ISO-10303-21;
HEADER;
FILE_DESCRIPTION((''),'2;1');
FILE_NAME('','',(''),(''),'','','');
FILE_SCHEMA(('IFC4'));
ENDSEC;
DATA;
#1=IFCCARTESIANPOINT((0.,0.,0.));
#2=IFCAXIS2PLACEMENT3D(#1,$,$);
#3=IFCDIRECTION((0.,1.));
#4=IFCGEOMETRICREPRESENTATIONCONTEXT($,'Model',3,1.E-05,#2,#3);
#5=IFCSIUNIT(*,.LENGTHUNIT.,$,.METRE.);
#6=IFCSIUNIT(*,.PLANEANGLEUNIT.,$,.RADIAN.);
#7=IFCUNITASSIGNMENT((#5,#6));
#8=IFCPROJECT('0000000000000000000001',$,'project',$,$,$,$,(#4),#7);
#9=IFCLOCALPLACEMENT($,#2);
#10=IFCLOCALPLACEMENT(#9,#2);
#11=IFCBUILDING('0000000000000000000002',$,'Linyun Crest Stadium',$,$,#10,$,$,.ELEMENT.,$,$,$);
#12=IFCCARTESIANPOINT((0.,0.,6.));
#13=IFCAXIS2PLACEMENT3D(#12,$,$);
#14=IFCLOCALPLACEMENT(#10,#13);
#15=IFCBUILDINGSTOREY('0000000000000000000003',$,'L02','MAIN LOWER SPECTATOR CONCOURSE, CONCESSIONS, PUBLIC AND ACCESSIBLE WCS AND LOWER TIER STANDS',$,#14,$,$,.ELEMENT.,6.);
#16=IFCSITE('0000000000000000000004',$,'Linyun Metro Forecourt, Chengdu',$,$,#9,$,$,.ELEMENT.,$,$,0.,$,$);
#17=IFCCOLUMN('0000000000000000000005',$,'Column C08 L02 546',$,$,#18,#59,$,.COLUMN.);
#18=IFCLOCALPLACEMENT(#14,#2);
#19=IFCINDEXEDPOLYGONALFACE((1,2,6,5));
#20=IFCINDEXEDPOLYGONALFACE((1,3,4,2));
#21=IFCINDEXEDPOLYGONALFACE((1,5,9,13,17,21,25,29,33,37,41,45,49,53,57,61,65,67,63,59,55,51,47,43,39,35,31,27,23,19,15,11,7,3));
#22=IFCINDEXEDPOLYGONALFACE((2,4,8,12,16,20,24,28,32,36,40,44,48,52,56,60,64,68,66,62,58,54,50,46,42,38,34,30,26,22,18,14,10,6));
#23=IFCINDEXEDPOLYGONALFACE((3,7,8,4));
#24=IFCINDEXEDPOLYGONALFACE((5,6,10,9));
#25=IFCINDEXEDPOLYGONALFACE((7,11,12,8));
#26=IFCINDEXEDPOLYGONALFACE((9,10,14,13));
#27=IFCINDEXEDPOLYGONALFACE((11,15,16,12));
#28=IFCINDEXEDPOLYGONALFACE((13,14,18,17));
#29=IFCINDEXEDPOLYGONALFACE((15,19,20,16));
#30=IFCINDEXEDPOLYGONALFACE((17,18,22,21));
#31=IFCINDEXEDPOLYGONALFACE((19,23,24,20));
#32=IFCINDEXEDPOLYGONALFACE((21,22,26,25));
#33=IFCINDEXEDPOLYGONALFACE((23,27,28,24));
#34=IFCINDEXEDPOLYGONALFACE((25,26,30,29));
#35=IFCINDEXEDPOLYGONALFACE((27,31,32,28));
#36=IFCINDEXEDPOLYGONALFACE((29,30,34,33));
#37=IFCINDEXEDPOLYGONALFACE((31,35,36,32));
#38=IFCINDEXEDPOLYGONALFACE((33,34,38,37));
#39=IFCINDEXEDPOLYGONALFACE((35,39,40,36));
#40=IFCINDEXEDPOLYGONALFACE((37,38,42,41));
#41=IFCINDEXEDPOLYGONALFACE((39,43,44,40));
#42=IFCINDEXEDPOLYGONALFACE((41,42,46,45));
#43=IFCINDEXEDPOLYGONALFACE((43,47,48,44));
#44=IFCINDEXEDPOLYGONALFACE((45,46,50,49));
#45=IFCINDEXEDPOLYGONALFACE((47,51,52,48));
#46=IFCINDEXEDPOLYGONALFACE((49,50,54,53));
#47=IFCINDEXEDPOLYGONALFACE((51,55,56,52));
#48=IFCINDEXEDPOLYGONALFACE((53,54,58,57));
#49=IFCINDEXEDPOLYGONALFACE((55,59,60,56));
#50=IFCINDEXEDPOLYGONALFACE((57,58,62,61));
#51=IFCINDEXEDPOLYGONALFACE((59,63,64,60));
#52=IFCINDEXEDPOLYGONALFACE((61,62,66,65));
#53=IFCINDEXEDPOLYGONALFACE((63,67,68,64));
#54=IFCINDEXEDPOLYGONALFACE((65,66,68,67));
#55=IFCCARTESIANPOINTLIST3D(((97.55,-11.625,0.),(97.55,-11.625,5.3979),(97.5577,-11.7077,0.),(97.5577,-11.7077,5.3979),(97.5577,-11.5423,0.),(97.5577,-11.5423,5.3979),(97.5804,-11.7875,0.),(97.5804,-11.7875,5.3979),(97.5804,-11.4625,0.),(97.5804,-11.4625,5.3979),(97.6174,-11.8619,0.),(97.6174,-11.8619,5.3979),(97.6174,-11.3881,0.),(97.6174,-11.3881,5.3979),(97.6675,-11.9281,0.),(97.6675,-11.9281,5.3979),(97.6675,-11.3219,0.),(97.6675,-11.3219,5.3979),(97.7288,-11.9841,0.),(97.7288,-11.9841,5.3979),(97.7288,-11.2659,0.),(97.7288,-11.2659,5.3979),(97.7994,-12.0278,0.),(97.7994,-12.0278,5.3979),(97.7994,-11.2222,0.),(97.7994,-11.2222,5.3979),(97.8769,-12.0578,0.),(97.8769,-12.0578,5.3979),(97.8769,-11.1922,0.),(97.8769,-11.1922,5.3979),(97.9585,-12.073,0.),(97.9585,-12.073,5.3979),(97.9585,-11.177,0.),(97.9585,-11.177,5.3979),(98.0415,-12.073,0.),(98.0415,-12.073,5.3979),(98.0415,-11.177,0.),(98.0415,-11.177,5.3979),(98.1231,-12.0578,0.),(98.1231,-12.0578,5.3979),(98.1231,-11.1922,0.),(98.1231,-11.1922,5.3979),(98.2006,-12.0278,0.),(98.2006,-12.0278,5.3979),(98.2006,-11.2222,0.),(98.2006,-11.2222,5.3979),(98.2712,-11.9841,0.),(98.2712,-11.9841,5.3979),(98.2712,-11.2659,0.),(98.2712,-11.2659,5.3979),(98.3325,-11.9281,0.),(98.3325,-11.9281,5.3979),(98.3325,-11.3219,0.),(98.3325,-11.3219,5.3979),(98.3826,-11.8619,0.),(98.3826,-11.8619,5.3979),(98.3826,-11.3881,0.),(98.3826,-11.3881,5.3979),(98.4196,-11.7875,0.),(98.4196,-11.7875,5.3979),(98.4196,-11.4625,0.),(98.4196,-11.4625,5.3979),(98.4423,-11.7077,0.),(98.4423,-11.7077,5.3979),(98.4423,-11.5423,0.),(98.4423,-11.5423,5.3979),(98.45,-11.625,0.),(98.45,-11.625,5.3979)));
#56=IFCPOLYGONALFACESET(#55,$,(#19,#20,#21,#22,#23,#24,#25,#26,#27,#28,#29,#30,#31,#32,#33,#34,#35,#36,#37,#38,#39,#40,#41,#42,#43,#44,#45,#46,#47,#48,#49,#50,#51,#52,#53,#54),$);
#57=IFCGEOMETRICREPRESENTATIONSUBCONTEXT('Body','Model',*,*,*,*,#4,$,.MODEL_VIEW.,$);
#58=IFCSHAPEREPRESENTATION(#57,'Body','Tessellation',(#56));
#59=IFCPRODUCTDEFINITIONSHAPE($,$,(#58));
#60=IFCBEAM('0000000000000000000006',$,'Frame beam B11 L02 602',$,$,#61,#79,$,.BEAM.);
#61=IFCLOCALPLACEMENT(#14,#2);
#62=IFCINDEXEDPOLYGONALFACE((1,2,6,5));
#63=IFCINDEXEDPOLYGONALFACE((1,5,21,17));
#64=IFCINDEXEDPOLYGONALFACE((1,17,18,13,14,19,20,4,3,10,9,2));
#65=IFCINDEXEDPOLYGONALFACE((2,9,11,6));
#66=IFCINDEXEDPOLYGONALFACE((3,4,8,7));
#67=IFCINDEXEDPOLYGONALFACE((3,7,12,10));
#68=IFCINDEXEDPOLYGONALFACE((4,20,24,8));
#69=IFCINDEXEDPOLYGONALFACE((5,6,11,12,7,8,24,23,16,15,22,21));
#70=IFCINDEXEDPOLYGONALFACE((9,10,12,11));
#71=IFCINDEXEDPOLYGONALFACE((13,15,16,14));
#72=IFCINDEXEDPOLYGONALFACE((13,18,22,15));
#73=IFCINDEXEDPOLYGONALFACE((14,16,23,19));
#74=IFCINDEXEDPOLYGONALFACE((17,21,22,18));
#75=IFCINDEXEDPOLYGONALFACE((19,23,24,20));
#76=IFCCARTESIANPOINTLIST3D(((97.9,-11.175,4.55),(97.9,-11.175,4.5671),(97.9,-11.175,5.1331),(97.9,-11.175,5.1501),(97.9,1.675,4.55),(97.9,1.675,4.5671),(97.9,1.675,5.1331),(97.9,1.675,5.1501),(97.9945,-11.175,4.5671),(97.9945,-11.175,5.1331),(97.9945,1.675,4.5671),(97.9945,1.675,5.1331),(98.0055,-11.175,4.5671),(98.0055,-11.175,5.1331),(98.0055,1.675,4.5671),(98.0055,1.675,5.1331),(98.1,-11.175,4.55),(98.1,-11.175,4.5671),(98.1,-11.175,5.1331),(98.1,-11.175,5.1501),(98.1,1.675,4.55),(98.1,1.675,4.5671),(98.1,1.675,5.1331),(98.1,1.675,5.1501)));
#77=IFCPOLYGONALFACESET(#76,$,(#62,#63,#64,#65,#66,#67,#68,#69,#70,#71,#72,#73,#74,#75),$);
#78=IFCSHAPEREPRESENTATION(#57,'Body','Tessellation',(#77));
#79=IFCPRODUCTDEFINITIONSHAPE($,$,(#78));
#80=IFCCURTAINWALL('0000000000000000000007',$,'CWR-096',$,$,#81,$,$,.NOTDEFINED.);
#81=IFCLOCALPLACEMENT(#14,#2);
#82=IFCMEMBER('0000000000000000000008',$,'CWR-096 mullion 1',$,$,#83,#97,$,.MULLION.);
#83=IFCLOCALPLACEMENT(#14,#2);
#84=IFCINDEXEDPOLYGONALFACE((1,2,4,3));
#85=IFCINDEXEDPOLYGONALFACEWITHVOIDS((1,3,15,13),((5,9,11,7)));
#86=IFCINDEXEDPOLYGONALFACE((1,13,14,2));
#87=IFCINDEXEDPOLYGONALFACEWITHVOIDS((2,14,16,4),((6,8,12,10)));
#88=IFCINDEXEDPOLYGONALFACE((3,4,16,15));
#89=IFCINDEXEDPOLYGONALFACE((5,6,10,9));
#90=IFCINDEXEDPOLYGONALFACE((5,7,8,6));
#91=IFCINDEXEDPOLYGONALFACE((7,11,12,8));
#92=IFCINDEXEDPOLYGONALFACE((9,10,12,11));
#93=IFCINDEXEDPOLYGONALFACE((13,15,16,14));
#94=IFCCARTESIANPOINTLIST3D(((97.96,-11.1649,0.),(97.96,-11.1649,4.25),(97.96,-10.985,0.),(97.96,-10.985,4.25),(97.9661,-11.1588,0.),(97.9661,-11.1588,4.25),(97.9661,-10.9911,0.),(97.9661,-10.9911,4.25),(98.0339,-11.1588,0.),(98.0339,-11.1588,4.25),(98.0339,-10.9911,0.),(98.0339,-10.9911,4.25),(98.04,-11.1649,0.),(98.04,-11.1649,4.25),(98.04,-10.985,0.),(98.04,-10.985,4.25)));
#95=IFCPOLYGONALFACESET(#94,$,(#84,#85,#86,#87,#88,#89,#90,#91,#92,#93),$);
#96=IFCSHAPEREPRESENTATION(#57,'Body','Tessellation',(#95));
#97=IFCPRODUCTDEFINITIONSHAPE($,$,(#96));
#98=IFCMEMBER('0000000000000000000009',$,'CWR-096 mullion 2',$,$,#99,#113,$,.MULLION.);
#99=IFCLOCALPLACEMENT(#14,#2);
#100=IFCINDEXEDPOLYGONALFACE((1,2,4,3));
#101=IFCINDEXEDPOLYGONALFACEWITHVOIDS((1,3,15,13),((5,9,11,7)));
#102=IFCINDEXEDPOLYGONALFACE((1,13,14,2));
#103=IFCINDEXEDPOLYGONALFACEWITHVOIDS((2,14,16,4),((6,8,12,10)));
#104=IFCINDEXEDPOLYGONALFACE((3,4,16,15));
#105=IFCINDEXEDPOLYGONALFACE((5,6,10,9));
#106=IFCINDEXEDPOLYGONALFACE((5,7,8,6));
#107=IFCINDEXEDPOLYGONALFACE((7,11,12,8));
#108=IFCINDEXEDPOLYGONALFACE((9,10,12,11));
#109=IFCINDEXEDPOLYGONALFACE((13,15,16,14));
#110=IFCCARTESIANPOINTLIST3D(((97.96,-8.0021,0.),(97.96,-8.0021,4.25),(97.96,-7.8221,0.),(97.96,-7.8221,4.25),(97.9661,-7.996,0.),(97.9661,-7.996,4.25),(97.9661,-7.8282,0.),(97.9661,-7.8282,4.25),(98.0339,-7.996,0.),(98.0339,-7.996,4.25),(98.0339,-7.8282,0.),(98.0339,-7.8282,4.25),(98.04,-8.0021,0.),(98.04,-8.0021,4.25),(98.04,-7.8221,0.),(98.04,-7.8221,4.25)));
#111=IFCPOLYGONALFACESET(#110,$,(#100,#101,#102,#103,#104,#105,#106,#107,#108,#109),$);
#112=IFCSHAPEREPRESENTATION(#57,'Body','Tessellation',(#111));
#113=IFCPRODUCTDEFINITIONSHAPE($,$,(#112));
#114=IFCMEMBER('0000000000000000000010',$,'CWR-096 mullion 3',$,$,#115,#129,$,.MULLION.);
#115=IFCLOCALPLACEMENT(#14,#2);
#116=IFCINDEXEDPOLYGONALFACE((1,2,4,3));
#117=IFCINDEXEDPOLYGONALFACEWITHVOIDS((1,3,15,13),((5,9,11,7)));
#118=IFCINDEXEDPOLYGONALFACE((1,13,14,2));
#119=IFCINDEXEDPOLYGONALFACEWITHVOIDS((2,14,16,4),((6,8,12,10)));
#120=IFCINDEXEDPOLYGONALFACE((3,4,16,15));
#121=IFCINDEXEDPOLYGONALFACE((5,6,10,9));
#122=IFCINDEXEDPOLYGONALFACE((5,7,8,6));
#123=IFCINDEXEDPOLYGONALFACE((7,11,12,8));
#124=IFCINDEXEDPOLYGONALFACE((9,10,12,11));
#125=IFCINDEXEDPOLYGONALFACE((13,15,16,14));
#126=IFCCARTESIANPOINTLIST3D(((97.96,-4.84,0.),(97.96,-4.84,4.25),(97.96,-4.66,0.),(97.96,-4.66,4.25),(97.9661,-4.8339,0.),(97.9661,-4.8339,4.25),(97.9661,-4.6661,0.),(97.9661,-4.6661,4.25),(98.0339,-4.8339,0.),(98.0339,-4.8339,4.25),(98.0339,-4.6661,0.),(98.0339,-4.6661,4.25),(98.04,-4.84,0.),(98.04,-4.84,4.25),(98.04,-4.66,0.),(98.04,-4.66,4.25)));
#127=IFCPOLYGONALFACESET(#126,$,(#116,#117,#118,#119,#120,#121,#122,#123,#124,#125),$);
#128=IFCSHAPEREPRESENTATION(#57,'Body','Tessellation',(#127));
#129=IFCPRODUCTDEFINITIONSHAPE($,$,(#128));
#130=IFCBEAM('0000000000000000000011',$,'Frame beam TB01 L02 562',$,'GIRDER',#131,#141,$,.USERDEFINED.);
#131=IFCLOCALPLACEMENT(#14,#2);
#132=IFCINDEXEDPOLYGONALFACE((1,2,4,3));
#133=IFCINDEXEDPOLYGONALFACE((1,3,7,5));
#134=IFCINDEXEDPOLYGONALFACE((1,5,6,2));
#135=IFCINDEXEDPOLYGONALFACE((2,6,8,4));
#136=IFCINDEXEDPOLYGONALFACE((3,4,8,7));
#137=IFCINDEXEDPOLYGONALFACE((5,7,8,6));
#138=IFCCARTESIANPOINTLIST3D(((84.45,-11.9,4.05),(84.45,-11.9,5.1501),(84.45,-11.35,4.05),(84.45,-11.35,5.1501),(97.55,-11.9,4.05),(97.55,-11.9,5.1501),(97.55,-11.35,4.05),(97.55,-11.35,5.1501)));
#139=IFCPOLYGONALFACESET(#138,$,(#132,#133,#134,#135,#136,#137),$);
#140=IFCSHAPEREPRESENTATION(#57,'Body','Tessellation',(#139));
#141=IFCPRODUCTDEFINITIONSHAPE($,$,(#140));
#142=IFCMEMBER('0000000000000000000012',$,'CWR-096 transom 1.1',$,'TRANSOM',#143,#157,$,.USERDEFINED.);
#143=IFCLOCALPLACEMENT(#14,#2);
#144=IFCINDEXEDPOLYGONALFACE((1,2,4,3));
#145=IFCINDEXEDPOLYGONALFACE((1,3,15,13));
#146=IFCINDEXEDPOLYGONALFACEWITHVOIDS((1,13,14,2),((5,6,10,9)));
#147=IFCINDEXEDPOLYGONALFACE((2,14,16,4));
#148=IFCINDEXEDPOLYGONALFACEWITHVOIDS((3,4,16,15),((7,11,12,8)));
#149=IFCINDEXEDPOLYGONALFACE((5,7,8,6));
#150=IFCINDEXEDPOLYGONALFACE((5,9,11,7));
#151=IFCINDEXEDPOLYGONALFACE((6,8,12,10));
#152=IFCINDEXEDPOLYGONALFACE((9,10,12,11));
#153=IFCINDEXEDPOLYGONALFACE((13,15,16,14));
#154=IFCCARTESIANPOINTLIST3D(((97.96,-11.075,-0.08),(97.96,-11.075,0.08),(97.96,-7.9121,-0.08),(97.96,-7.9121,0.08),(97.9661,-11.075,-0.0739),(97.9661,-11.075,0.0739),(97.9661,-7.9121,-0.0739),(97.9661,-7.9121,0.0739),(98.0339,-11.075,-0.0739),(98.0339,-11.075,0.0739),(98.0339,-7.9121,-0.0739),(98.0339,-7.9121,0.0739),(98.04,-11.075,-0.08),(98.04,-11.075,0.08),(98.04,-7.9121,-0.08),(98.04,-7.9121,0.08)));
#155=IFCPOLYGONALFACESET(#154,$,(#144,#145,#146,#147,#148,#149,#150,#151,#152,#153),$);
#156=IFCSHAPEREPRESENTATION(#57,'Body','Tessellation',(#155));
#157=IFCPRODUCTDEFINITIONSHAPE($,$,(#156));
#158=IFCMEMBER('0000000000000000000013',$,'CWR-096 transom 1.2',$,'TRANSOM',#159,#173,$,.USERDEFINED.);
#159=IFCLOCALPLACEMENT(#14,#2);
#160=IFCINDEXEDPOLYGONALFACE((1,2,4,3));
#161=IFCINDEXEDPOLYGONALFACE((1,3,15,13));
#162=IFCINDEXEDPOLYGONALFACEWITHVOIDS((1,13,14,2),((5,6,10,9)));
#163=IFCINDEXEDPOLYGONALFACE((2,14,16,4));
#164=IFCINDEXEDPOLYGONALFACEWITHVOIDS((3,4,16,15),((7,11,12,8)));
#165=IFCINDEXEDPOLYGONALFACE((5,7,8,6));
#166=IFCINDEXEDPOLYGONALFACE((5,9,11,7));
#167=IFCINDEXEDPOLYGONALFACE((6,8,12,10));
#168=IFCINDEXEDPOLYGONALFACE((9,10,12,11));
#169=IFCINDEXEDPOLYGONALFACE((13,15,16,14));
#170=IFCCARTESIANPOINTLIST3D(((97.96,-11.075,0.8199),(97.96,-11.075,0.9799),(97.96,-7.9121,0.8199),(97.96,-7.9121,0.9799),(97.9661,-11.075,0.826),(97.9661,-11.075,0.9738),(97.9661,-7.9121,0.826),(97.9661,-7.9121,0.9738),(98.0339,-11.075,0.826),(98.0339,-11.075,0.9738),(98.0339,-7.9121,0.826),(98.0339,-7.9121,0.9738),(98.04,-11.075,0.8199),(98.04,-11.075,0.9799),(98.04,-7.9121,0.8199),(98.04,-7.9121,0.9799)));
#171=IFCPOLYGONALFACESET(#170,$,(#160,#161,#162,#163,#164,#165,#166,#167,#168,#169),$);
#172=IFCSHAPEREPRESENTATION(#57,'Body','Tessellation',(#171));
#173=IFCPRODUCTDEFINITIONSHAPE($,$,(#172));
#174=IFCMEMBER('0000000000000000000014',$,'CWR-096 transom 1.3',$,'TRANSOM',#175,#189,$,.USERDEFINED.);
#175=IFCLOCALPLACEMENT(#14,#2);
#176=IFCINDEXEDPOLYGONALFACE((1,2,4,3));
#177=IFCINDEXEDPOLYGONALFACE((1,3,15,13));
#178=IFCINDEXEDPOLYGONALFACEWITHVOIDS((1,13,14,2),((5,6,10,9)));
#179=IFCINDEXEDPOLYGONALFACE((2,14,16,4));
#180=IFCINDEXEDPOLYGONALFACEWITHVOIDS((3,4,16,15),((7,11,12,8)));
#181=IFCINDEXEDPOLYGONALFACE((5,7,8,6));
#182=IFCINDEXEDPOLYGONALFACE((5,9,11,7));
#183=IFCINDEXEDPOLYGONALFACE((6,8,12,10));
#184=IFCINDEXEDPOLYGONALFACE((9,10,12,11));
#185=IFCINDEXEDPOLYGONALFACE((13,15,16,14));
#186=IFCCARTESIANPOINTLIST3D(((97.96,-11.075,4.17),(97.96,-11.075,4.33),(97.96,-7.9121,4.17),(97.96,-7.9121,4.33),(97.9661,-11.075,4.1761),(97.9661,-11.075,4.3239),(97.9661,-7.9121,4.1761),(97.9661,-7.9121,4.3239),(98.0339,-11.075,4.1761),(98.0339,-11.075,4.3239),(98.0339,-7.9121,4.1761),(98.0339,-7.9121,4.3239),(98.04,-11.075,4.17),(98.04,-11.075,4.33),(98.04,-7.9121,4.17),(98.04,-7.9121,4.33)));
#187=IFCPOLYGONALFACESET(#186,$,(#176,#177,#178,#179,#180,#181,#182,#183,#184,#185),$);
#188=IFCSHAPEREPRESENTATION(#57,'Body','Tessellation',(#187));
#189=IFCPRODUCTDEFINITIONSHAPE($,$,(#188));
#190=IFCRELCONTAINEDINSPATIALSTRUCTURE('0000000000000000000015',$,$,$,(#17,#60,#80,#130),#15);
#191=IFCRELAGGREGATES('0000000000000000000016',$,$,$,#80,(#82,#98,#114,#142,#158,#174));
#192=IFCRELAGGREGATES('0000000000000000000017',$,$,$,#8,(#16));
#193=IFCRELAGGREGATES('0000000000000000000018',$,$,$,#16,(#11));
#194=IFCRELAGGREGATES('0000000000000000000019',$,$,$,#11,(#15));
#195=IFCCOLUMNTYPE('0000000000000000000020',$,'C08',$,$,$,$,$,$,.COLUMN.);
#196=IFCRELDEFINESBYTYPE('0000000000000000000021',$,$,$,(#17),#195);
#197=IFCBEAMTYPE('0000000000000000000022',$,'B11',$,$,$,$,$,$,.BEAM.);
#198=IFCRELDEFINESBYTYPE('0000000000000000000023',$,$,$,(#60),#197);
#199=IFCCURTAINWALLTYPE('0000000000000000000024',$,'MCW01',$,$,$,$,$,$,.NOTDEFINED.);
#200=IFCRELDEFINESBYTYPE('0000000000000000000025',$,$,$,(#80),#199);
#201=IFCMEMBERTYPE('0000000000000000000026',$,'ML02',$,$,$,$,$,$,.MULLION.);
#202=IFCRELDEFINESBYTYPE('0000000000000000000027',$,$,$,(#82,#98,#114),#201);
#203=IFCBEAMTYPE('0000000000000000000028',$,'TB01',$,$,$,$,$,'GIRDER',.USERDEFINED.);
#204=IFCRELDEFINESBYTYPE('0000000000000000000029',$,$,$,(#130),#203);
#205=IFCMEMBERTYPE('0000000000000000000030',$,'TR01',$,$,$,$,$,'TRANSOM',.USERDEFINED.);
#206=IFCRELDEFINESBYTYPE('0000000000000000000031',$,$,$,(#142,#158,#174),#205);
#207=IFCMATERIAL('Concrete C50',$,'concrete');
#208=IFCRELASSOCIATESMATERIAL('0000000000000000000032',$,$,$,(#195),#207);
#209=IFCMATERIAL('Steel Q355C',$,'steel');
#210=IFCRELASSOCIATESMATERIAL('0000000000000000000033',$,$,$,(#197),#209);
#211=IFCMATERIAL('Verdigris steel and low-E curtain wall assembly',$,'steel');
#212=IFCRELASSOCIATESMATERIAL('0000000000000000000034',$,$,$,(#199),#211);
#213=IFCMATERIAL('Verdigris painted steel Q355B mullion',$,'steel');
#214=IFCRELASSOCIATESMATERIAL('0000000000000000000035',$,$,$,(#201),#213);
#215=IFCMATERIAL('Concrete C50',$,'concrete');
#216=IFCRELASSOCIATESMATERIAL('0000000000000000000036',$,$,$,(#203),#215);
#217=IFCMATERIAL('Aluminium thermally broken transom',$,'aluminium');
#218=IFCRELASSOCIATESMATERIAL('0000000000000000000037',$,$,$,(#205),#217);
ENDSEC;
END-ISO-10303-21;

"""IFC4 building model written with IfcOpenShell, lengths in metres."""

from ifc_helpers import new_model, si_unit, direction, frame, origin, origin_2d, place, context, subcontext, project, spatial, rectangle, hollow_rectangle, circle, i_section, extrude, material, material_profile, profile_set, type_object, element, aggregate, save


model = new_model("IFC4")

# Units and contexts
model_context = context("Model", 3, precision=1e-05, world=origin(), true_north=direction((0.0, 1.0)))
body_context = subcontext(model_context, "Body", "Model", "MODEL_VIEW")
ifc_project = project(units=[si_unit("LENGTHUNIT", "METRE"), si_unit("PLANEANGLEUNIT", "RADIAN")], contexts=[model_context])

# Site, building, storey
site_placement = place(None, origin())
site = spatial("IfcSite", under=ifc_project, at=site_placement, Name="Linyun Metro Forecourt, Chengdu", CompositionType="ELEMENT", RefElevation=0.0)
building_placement = place(site_placement, origin())
building = spatial("IfcBuilding", under=site, at=building_placement, Name="Linyun Crest Stadium", CompositionType="ELEMENT")
storey_placement = place(building_placement, frame((0.0, 0.0, 6.0)))
storey = spatial("IfcBuildingStorey", under=building, at=storey_placement, Name="L02", Description="MAIN LOWER SPECTATOR CONCOURSE, CONCESSIONS, PUBLIC AND ACCESSIBLE WCS AND LOWER TIER STANDS", CompositionType="ELEMENT", Elevation=6.0)

# Column
ifc_material_1 = material(Name="Concrete C50", Category="concrete")
ifc_material_profile_1 = material_profile(ifc_material_1, circle(Radius=0.45, at=origin_2d()), Name="RC D900")
ifc_profile_set_1 = profile_set([ifc_material_profile_1], Name="Concrete C50")
column_type = type_object("IfcColumnType", Name="C08", PredefinedType="COLUMN", material=ifc_profile_set_1)
column_placement = place(storey_placement, frame((98.0, -11.625, 0.0), z_axis=(0.0, 0.0, 1.0), x_axis=(1.0, 0.0, 0.0)))
element("IfcColumn", 1, at=column_placement, inside=storey, type_object=column_type, Name="Column C08 L02 546", PredefinedType="COLUMN", context=body_context, shape_type="SweptSolid", body=[
    extrude(circle(Radius=0.45, at=origin_2d()), origin(), (0.0, 0.0, 1.0), 5.3979),
])

# Beam
ifc_material_2 = material(Name="Steel Q355C", Category="steel")
ifc_material_profile_2 = material_profile(ifc_material_2, i_section(OverallWidth=0.2, OverallDepth=0.6001, WebThickness=0.011, FlangeThickness=0.0171, at=origin_2d()), Name="HN 600x200")
ifc_profile_set_2 = profile_set([ifc_material_profile_2], Name="Steel Q355C")
beam_type_1 = type_object("IfcBeamType", Name="B11", PredefinedType="BEAM", material=ifc_profile_set_2)
beam_1_placement = place(storey_placement, frame((98.0, -11.175, 4.8501), z_axis=(0.0, 1.0, 0.0), x_axis=(-1.0, 0.0, 0.0)))
element("IfcBeam", 2, at=beam_1_placement, inside=storey, type_object=beam_type_1, Name="Frame beam B11 L02 602", PredefinedType="BEAM", context=body_context, shape_type="SweptSolid", body=[
    extrude(i_section(OverallWidth=0.2, OverallDepth=0.6001, WebThickness=0.011, FlangeThickness=0.0171, at=origin_2d()), origin(), (0.0, 0.0, 1.0), 12.8501),
])

# Curtain wall, members
ifc_material_3 = material(Name="Verdigris steel and low-E curtain wall assembly", Category="steel")
curtain_wall_type = type_object("IfcCurtainWallType", Name="MCW01", PredefinedType="NOTDEFINED", material=ifc_material_3)
curtain_wall_placement = place(storey_placement, origin())
curtain_wall = element("IfcCurtainWall", 3, at=curtain_wall_placement, inside=storey, type_object=curtain_wall_type, Name="CWR-096", PredefinedType="NOTDEFINED")
ifc_material_4 = material(Name="Verdigris painted steel Q355B mullion", Category="steel")
ifc_material_profile_3 = material_profile(ifc_material_4, hollow_rectangle(XDim=0.0801, YDim=0.1799, WallThickness=0.0061, at=origin_2d()), Name="RHS 180x80x6")
ifc_profile_set_3 = profile_set([ifc_material_profile_3], Name="Verdigris painted steel Q355B mullion")
member_type_1 = type_object("IfcMemberType", Name="ML02", PredefinedType="MULLION", material=ifc_profile_set_3)
member_1_placement = place(storey_placement, frame((98.0, -11.075, 0.0), z_axis=(0.0, 0.0, 1.0), x_axis=(-1.0, 0.0, 0.0)))
member_1 = element("IfcMember", 4, at=member_1_placement, type_object=member_type_1, Name="CWR-096 mullion 1", PredefinedType="MULLION", context=body_context, shape_type="SweptSolid", body=[
    extrude(hollow_rectangle(XDim=0.0801, YDim=0.1799, WallThickness=0.0061, at=origin_2d()), origin(), (0.0, 0.0, 1.0), 4.25),
])
member_2_placement = place(storey_placement, frame((98.0, -7.9121, 0.0), z_axis=(0.0, 0.0, 1.0), x_axis=(-1.0, 0.0, 0.0)))
member_2 = element("IfcMember", 5, at=member_2_placement, type_object=member_type_1, Name="CWR-096 mullion 2", PredefinedType="MULLION", context=body_context, shape_type="SweptSolid", body=[
    extrude(hollow_rectangle(XDim=0.0801, YDim=0.1799, WallThickness=0.0061, at=origin_2d()), origin(), (0.0, 0.0, 1.0), 4.25),
])
member_3_placement = place(storey_placement, frame((98.0, -4.75, 0.0), z_axis=(0.0, 0.0, 1.0), x_axis=(-1.0, 0.0, 0.0)))
member_3 = element("IfcMember", 6, at=member_3_placement, type_object=member_type_1, Name="CWR-096 mullion 3", PredefinedType="MULLION", context=body_context, shape_type="SweptSolid", body=[
    extrude(hollow_rectangle(XDim=0.0801, YDim=0.1799, WallThickness=0.0061, at=origin_2d()), origin(), (0.0, 0.0, 1.0), 4.25),
])

# Beam
ifc_material_5 = material(Name="Concrete C50", Category="concrete")
ifc_material_profile_4 = material_profile(ifc_material_5, rectangle(XDim=0.55, YDim=1.1001, at=origin_2d()), Name="RCB 1100x550")
ifc_profile_set_4 = profile_set([ifc_material_profile_4], Name="Concrete C50")
beam_type_2 = type_object("IfcBeamType", Name="TB01", ElementType="GIRDER", PredefinedType="USERDEFINED", material=ifc_profile_set_4)
beam_2_placement = place(storey_placement, frame((84.45, -11.625, 4.6001), z_axis=(1.0, 0.0, 0.0), x_axis=(0.0, 1.0, 0.0)))
element("IfcBeam", 7, at=beam_2_placement, inside=storey, type_object=beam_type_2, Name="Frame beam TB01 L02 562", ObjectType="GIRDER", PredefinedType="USERDEFINED", context=body_context, shape_type="SweptSolid", body=[
    extrude(rectangle(XDim=0.55, YDim=1.1001, at=origin_2d()), origin(), (0.0, 0.0, 1.0), 13.1001),
])

# Members
ifc_material_6 = material(Name="Aluminium thermally broken transom", Category="aluminium")
ifc_material_profile_5 = material_profile(ifc_material_6, hollow_rectangle(XDim=0.0801, YDim=0.1599, WallThickness=0.0061, at=origin_2d()), Name="RHS 160x80x6")
ifc_profile_set_5 = profile_set([ifc_material_profile_5], Name="Aluminium thermally broken transom")
member_type_2 = type_object("IfcMemberType", Name="TR01", ElementType="TRANSOM", PredefinedType="USERDEFINED", material=ifc_profile_set_5)
member_4_placement = place(storey_placement, frame((98.0, -11.075, 0.0), z_axis=(0.0, 1.0, 0.0), x_axis=(-1.0, 0.0, 0.0)))
member_4 = element("IfcMember", 8, at=member_4_placement, type_object=member_type_2, Name="CWR-096 transom 1.1", ObjectType="TRANSOM", PredefinedType="USERDEFINED", context=body_context, shape_type="SweptSolid", body=[
    extrude(hollow_rectangle(XDim=0.0801, YDim=0.1599, WallThickness=0.0061, at=origin_2d()), origin(), (0.0, 0.0, 1.0), 3.1628),
])
member_5_placement = place(storey_placement, frame((98.0, -11.075, 0.8999), z_axis=(0.0, 1.0, 0.0), x_axis=(-1.0, 0.0, 0.0)))
member_5 = element("IfcMember", 9, at=member_5_placement, type_object=member_type_2, Name="CWR-096 transom 1.2", ObjectType="TRANSOM", PredefinedType="USERDEFINED", context=body_context, shape_type="SweptSolid", body=[
    extrude(hollow_rectangle(XDim=0.0801, YDim=0.1599, WallThickness=0.0061, at=origin_2d()), origin(), (0.0, 0.0, 1.0), 3.1628),
])
member_6_placement = place(storey_placement, frame((98.0, -11.075, 4.25), z_axis=(0.0, 1.0, 0.0), x_axis=(-1.0, 0.0, 0.0)))
member_6 = element("IfcMember", 10, at=member_6_placement, type_object=member_type_2, Name="CWR-096 transom 1.3", ObjectType="TRANSOM", PredefinedType="USERDEFINED", context=body_context, shape_type="SweptSolid", body=[
    extrude(hollow_rectangle(XDim=0.0801, YDim=0.1599, WallThickness=0.0061, at=origin_2d()), origin(), (0.0, 0.0, 1.0), 3.1628),
])

aggregate(curtain_wall, [member_1, member_2, member_3, member_4, member_5, member_6])

save(model, "model.ifc")
